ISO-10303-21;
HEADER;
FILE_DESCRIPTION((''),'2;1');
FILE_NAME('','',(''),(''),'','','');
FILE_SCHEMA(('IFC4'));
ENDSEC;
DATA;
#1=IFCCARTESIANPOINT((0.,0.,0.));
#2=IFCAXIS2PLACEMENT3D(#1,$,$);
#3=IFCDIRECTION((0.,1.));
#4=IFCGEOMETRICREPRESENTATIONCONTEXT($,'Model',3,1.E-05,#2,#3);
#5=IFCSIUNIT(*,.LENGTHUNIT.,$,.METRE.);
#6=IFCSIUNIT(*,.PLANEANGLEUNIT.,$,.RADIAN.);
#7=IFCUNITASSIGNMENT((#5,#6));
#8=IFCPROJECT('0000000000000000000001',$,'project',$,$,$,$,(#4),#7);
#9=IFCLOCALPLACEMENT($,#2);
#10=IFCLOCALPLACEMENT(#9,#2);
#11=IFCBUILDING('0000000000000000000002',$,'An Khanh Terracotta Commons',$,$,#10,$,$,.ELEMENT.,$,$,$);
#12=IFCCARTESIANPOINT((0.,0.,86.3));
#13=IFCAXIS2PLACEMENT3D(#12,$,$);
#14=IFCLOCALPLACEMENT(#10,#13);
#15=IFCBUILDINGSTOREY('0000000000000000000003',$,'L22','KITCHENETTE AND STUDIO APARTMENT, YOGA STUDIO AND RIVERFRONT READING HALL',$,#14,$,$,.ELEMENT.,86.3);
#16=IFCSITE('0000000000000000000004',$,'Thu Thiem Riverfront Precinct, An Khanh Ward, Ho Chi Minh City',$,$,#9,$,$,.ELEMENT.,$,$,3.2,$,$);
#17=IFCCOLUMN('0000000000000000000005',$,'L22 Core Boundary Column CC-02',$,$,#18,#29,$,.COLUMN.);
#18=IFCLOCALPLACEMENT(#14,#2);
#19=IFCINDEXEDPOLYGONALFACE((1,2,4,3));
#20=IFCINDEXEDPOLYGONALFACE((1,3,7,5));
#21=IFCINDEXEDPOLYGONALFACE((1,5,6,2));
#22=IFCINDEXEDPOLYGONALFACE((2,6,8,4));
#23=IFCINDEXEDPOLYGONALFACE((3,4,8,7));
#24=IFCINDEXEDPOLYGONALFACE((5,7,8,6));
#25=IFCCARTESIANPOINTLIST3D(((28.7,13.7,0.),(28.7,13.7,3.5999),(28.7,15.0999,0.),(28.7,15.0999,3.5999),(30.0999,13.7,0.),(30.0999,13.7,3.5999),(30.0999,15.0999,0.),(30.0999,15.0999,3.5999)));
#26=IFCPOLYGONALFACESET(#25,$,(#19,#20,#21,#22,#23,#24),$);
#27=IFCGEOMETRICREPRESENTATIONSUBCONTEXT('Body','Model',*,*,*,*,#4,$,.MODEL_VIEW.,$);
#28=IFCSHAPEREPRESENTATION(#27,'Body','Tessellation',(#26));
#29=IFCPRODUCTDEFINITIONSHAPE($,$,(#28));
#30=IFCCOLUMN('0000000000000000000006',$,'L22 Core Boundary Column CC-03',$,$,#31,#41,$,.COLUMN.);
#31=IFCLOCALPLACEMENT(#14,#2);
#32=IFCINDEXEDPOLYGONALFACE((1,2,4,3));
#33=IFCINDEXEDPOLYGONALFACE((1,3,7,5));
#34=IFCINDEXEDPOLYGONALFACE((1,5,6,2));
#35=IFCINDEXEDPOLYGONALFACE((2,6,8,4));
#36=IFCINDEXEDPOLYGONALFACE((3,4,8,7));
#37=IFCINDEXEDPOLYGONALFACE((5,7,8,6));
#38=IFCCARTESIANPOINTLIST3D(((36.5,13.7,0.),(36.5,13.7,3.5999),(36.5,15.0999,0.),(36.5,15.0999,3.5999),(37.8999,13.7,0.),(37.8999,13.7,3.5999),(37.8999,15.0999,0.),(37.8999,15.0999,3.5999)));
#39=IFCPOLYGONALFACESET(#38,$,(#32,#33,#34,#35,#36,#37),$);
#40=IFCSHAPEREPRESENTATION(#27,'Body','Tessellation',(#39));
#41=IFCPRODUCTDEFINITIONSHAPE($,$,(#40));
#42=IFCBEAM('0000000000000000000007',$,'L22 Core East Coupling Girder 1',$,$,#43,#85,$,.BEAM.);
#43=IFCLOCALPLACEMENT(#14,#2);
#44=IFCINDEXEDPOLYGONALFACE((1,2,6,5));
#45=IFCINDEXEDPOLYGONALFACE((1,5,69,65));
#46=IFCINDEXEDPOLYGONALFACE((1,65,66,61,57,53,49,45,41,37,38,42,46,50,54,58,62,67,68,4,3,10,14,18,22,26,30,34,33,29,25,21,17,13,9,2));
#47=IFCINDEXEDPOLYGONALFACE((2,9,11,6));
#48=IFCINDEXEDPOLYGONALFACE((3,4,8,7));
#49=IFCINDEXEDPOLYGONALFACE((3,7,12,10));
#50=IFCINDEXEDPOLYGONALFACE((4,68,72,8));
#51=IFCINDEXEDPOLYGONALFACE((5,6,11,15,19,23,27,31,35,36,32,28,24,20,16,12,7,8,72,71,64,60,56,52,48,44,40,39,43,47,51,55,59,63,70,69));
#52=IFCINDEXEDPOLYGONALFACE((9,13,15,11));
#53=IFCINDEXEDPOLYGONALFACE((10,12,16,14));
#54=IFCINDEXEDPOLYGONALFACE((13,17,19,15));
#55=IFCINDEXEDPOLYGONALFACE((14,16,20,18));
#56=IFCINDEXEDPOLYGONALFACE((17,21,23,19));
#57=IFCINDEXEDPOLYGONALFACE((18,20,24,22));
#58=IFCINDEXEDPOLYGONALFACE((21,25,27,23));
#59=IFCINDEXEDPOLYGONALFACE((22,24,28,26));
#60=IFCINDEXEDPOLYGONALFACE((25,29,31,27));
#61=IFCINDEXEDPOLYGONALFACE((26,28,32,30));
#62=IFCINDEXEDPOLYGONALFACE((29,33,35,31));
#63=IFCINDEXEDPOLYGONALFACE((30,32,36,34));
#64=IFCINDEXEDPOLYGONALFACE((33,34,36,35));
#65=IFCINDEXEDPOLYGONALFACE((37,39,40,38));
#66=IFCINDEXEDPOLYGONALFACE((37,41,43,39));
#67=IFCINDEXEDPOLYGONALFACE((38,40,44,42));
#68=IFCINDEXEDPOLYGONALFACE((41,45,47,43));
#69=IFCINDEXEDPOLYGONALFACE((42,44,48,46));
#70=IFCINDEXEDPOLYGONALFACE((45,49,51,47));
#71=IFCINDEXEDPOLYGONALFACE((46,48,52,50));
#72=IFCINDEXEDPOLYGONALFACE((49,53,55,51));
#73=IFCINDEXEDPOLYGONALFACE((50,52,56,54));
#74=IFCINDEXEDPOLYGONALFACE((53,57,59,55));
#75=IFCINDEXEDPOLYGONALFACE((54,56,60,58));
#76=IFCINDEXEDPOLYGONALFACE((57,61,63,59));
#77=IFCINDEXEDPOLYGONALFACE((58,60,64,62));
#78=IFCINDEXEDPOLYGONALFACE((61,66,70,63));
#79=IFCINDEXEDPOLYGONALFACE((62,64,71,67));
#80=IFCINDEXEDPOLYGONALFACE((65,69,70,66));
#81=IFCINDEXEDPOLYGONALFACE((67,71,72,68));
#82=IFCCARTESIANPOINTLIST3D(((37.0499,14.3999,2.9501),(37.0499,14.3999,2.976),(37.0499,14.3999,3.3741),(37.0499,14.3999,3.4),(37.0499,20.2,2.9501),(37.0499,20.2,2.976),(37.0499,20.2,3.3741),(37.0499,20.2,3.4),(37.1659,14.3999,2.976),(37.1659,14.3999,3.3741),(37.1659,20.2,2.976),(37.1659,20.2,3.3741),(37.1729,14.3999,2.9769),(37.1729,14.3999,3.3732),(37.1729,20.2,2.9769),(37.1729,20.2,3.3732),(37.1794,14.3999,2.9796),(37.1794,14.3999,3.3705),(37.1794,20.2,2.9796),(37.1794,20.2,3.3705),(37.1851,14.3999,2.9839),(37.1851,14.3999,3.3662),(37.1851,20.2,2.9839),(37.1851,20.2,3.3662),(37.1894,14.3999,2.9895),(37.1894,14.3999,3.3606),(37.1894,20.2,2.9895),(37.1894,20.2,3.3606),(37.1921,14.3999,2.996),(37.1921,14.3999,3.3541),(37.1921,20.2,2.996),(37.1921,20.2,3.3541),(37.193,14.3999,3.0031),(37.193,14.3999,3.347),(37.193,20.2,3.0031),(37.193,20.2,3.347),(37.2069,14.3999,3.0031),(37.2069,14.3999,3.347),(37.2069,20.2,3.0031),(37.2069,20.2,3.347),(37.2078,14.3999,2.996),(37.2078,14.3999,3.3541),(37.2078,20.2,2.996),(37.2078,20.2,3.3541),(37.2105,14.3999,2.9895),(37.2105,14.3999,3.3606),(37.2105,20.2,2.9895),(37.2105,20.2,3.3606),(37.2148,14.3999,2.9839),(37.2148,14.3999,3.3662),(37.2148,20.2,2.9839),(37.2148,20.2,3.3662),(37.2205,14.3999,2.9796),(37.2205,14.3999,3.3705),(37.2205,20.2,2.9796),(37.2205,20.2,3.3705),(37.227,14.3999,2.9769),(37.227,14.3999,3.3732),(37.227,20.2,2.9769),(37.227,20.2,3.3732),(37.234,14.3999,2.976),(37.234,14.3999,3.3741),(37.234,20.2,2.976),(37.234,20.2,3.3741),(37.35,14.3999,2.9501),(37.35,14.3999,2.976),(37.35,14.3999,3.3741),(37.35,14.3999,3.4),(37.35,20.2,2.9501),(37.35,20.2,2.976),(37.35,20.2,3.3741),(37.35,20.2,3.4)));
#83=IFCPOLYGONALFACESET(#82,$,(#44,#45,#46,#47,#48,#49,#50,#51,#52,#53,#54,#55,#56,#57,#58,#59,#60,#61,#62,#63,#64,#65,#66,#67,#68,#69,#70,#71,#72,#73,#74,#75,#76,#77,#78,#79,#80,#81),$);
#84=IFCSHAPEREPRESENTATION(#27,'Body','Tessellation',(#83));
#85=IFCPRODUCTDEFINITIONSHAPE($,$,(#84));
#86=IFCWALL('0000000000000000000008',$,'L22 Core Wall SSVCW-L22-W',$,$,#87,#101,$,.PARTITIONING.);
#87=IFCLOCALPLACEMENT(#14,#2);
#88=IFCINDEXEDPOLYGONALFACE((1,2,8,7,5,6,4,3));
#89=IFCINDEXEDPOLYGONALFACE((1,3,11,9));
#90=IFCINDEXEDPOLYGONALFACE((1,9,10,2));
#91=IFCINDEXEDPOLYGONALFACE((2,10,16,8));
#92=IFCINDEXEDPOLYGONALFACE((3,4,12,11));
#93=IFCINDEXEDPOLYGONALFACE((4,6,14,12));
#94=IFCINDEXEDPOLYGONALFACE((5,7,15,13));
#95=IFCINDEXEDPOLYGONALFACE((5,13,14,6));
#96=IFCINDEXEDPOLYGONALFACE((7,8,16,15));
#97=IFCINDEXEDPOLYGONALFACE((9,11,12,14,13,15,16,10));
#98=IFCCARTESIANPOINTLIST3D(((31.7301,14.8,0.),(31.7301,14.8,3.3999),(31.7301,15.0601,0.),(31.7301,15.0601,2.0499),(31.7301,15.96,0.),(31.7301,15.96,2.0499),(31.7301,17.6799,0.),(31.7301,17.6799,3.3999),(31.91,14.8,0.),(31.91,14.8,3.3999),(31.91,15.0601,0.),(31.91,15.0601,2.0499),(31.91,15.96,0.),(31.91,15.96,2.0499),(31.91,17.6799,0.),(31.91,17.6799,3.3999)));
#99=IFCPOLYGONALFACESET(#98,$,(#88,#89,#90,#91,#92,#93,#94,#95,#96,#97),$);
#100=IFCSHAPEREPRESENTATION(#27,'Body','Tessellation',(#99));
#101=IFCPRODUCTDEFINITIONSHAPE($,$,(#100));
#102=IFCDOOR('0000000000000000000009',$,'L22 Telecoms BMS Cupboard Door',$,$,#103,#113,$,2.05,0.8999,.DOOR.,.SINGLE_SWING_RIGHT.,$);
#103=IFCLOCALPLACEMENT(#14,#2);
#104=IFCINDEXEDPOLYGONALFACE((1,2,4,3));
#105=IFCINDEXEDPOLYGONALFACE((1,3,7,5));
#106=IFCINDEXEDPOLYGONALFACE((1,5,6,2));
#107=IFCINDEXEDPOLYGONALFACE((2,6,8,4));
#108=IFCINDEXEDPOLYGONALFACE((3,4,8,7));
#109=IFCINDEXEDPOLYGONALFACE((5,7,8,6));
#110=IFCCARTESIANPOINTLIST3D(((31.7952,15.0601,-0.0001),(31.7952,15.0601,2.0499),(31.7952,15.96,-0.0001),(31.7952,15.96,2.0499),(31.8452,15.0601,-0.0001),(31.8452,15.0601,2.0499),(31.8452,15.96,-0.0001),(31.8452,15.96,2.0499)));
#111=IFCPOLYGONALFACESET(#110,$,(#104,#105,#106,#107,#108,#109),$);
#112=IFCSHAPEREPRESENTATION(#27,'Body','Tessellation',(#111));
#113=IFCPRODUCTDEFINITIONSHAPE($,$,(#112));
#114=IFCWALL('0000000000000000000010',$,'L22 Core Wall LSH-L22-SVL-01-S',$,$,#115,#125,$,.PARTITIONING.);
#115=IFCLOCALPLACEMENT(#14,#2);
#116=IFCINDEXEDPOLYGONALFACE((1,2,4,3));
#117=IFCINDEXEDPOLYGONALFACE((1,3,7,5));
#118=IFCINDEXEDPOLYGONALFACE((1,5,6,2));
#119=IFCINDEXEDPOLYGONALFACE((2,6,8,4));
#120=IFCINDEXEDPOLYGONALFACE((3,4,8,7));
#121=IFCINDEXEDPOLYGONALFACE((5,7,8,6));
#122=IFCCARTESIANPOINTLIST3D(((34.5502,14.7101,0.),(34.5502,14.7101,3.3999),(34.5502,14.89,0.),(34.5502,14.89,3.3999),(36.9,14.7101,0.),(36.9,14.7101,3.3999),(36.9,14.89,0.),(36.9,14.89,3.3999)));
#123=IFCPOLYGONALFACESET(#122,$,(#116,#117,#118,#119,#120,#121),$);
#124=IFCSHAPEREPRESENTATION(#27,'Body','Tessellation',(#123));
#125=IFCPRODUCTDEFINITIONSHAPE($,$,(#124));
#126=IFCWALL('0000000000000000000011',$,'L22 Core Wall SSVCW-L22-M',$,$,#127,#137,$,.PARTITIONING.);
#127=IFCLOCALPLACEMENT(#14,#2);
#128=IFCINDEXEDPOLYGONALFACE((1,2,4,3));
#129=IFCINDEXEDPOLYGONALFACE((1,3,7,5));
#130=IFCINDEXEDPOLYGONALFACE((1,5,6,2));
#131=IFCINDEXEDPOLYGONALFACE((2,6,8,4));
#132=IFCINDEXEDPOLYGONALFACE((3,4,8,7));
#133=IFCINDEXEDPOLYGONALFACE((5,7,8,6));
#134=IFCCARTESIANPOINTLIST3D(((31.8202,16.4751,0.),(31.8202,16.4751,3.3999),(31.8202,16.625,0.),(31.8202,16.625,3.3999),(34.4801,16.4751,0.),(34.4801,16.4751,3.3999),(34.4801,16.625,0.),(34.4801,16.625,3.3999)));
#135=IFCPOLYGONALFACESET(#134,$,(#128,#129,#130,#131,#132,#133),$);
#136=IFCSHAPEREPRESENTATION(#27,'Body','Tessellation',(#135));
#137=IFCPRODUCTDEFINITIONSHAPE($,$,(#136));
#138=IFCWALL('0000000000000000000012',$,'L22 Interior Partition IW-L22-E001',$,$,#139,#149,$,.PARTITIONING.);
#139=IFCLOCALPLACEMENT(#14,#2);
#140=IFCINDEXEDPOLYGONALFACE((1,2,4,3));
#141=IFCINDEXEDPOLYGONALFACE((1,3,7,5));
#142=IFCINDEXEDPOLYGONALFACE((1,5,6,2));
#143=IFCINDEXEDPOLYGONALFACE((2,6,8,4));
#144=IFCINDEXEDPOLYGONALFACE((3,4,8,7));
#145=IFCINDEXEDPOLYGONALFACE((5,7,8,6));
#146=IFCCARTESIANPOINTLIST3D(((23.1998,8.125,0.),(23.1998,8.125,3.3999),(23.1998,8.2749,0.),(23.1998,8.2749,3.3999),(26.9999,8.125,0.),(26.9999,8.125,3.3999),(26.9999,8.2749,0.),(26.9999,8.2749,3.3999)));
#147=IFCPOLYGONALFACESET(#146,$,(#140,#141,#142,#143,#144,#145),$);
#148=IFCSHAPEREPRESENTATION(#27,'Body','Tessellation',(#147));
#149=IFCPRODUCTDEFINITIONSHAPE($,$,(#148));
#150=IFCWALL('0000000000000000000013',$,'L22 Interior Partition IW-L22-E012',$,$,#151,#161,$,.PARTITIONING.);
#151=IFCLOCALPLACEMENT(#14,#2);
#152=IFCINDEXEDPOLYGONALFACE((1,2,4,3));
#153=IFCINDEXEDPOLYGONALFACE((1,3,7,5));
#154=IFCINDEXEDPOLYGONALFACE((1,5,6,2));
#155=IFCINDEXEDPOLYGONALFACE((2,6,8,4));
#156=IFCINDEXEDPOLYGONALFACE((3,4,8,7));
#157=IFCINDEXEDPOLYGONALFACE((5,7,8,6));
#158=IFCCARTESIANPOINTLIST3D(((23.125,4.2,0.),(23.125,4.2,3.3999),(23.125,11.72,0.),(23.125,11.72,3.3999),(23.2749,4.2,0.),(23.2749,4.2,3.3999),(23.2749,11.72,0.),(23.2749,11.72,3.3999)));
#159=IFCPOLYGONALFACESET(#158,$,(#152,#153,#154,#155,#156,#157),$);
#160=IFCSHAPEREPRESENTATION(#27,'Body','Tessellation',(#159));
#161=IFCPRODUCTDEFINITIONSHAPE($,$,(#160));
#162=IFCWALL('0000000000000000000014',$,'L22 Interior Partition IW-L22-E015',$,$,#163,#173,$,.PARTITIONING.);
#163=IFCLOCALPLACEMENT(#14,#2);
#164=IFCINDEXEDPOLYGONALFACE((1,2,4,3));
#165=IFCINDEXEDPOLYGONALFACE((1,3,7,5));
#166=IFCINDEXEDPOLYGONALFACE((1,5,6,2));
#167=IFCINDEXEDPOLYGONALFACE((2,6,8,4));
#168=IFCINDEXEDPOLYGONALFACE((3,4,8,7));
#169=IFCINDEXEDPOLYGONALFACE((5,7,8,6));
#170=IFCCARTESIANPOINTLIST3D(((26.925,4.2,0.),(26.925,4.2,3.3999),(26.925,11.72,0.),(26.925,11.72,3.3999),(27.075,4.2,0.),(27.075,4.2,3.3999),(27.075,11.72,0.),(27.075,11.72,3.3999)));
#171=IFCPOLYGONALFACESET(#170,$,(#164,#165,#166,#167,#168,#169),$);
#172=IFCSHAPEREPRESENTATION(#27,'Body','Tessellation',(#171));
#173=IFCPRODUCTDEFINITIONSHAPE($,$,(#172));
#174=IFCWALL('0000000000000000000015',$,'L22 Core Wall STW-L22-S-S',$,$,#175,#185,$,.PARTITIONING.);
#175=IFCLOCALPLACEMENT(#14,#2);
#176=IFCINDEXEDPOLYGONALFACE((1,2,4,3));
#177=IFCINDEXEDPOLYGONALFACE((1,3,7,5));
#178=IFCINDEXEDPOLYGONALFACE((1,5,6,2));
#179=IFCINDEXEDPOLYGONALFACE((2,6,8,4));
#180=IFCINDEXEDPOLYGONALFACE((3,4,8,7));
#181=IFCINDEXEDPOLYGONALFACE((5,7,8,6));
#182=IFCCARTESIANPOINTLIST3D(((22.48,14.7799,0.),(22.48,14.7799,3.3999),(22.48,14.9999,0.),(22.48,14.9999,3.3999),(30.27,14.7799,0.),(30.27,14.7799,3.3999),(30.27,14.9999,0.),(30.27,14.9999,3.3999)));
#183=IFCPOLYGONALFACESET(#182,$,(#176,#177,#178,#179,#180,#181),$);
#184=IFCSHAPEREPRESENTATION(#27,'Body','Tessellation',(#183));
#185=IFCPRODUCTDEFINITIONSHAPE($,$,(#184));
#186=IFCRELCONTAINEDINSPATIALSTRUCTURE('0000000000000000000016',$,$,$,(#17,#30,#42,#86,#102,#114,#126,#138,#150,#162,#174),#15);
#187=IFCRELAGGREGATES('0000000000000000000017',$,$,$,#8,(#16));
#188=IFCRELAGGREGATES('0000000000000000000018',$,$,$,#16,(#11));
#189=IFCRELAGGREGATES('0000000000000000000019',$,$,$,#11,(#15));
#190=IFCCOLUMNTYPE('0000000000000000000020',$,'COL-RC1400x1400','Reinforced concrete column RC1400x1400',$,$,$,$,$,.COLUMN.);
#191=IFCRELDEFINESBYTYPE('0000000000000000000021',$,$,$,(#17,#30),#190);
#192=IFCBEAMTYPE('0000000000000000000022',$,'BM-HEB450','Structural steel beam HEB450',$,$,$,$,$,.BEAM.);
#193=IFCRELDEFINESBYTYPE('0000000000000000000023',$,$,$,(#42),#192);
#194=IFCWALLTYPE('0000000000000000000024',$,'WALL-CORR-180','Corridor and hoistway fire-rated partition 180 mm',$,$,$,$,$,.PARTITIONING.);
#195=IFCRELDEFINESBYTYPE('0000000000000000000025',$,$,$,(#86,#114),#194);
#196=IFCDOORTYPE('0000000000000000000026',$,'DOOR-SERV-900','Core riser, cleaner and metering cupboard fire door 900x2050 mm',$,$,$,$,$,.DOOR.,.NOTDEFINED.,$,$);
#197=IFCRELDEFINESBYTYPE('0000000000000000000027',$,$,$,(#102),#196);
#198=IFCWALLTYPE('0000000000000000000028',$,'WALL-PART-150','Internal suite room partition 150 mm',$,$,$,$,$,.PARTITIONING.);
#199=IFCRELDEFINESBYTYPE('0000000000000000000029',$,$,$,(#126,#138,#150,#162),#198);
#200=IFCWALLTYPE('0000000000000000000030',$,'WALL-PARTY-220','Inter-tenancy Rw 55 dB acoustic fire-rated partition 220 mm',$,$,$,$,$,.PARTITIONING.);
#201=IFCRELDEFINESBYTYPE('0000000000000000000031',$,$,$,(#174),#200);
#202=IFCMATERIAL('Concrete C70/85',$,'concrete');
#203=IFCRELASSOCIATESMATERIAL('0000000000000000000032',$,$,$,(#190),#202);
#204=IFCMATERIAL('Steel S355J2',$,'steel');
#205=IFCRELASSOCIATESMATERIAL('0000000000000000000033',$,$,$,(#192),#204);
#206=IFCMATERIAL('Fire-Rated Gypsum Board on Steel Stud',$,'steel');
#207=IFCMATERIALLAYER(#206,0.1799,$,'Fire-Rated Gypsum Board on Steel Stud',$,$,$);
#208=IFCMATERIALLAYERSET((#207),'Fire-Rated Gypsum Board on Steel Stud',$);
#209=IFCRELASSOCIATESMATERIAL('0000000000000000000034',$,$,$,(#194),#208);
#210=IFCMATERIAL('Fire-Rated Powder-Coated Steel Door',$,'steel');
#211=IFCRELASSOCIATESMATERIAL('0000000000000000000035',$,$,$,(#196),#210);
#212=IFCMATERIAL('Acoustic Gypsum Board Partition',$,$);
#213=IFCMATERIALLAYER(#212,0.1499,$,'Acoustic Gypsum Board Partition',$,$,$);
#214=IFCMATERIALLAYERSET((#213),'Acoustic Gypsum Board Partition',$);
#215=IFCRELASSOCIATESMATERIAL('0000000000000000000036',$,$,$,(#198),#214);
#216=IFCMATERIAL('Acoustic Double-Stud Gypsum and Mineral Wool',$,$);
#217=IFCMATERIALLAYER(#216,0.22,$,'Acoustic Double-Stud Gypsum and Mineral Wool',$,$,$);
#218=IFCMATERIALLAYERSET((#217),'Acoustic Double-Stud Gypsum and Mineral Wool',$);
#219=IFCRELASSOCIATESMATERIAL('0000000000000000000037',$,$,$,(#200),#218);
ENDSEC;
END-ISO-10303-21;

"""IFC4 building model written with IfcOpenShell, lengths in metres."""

from ifc_helpers import new_model, si_unit, direction, frame, frame_2d, origin, origin_2d, place, context, subcontext, project, spatial, rectangle, i_section, extrude, material, layer, layer_set, material_profile, profile_set, type_object, element, fill, save


model = new_model("IFC4")

# Units and contexts
model_context = context("Model", 3, precision=1e-05, world=origin(), true_north=direction((0.0, 1.0)))
body_context = subcontext(model_context, "Body", "Model", "MODEL_VIEW")
ifc_project = project(units=[si_unit("LENGTHUNIT", "METRE"), si_unit("PLANEANGLEUNIT", "RADIAN")], contexts=[model_context])

# Site, building, storey
site_placement = place(None, origin())
site = spatial("IfcSite", under=ifc_project, at=site_placement, Name="Thu Thiem Riverfront Precinct, An Khanh Ward, Ho Chi Minh City", CompositionType="ELEMENT", RefElevation=3.2)
building_placement = place(site_placement, origin())
building = spatial("IfcBuilding", under=site, at=building_placement, Name="An Khanh Terracotta Commons", CompositionType="ELEMENT")
storey_placement = place(building_placement, frame((0.0, 0.0, 86.3)))
storey = spatial("IfcBuildingStorey", under=building, at=storey_placement, Name="L22", Description="KITCHENETTE AND STUDIO APARTMENT, YOGA STUDIO AND RIVERFRONT READING HALL", CompositionType="ELEMENT", Elevation=86.3)

# Columns
ifc_material_1 = material(Name="Concrete C70/85", Category="concrete")
ifc_material_profile_1 = material_profile(ifc_material_1, rectangle(XDim=1.3999, YDim=1.3999, at=origin_2d()), Name="RC1400x1400")
ifc_profile_set_1 = profile_set([ifc_material_profile_1], Name="Concrete C70/85")
column_type = type_object("IfcColumnType", Name="COL-RC1400x1400", Description="Reinforced concrete column RC1400x1400", PredefinedType="COLUMN", material=ifc_profile_set_1)
for number, where, z_axis, x_axis, name in (
    (1, (29.3999, 14.3999, 0.0), (0.0, 0.0, 1.0), (1.0, 0.0, 0.0), "L22 Core Boundary Column CC-02"),
    (2, (37.2, 14.3999, 0.0), (0.0, 0.0, 1.0), (1.0, 0.0, 0.0), "L22 Core Boundary Column CC-03"),
):
    element("IfcColumn", number, at=place(storey_placement, frame(where, z_axis=z_axis, x_axis=x_axis)), inside=storey, type_object=column_type, Name=name, PredefinedType="COLUMN", context=body_context, shape_type="SweptSolid", body=[
        extrude(rectangle(XDim=1.3999, YDim=1.3999, at=origin_2d()), origin(), (0.0, 0.0, 1.0), 3.5999),
    ])

# Beam
ifc_material_2 = material(Name="Steel S355J2", Category="steel")
ifc_material_profile_2 = material_profile(ifc_material_2, i_section(OverallWidth=0.3, OverallDepth=0.45, WebThickness=0.0139, FlangeThickness=0.0259, FilletRadius=0.0271, at=origin_2d()), Name="HEB450")
ifc_profile_set_2 = profile_set([ifc_material_profile_2], Name="Steel S355J2")
beam_type = type_object("IfcBeamType", Name="BM-HEB450", Description="Structural steel beam HEB450", PredefinedType="BEAM", material=ifc_profile_set_2)
beam_placement = place(storey_placement, frame((37.2, 14.3999, 3.175), z_axis=(0.0, 1.0, 0.0), x_axis=(-1.0, 0.0, 0.0)))
element("IfcBeam", 3, at=beam_placement, inside=storey, type_object=beam_type, Name="L22 Core East Coupling Girder 1", PredefinedType="BEAM", context=body_context, shape_type="SweptSolid", body=[
    extrude(i_section(OverallWidth=0.3, OverallDepth=0.45, WebThickness=0.0139, FlangeThickness=0.0259, FilletRadius=0.0271, at=origin_2d()), origin(), (0.0, 0.0, 1.0), 5.8),
])

# Wall, opening, door
ifc_material_3 = material(Name="Fire-Rated Gypsum Board on Steel Stud", Category="steel")
ifc_layer_1 = layer(ifc_material_3, 0.1799, Name="Fire-Rated Gypsum Board on Steel Stud")
ifc_layer_set_1 = layer_set([ifc_layer_1], Name="Fire-Rated Gypsum Board on Steel Stud")
wall_type_1 = type_object("IfcWallType", Name="WALL-CORR-180", Description="Corridor and hoistway fire-rated partition 180 mm", PredefinedType="PARTITIONING", material=ifc_layer_set_1)
wall_1_placement = place(storey_placement, frame((31.8201, 14.8, 0.0), z_axis=(0.0, 0.0, 1.0), x_axis=(0.0, 1.0, 0.0)))
wall_1 = element("IfcWall", 4, at=wall_1_placement, inside=storey, type_object=wall_type_1, Name="L22 Core Wall SSVCW-L22-W", PredefinedType="PARTITIONING", context=body_context, shape_type="SweptSolid", body=[
    extrude(rectangle(XDim=2.8799, YDim=0.1799, at=frame_2d((1.4399, 0.0))), origin(), (0.0, 0.0, 1.0), 3.3999),
])
opening_1_placement = place(wall_1_placement, frame((0.26, 0.0, 0.0)))
opening_1 = element("IfcOpeningElement", 5, at=opening_1_placement, cuts=wall_1, PredefinedType="OPENING", context=body_context, shape_type="SweptSolid", body=[
    extrude(rectangle(XDim=0.8999, YDim=2.05, at=frame_2d((0.45, 1.0249))), frame((0.0, 0.0999, 0.0), z_axis=(0.0, -1.0, 0.0), x_axis=(1.0, 0.0, 0.0)), (0.0, 0.0, 1.0), 0.2),
])
ifc_material_4 = material(Name="Fire-Rated Powder-Coated Steel Door", Category="steel")
door_type_1 = type_object("IfcDoorType", Name="DOOR-SERV-900", Description="Core riser, cleaner and metering cupboard fire door 900x2050 mm", OperationType="NOTDEFINED", PredefinedType="DOOR", material=ifc_material_4)
door_1_placement = place(opening_1_placement, origin())
door_1 = element("IfcDoor", 6, at=door_1_placement, inside=storey, type_object=door_type_1, Name="L22 Telecoms BMS Cupboard Door", OperationType="SINGLE_SWING_RIGHT", OverallHeight=2.05, OverallWidth=0.8999, PredefinedType="DOOR", context=body_context, shape_type="SweptSolid", body=[
    extrude(rectangle(XDim=0.8999, YDim=2.05, at=frame_2d((0.45, 1.0249))), frame((0.0, 0.0249, 0.0), z_axis=(0.0, -1.0, 0.0), x_axis=(1.0, 0.0, 0.0)), (0.0, 0.0, 1.0), 0.05),
])
fill(opening_1, door_1)

# Walls
wall_2_placement = place(storey_placement, frame((36.8999, 14.8, 0.0), z_axis=(0.0, 0.0, 1.0), x_axis=(-1.0, 0.0, 0.0)))
element("IfcWall", 7, at=wall_2_placement, inside=storey, type_object=wall_type_1, Name="L22 Core Wall LSH-L22-SVL-01-S", PredefinedType="PARTITIONING", context=body_context, shape_type="SweptSolid", body=[
    extrude(rectangle(XDim=2.3499, YDim=0.1799, at=frame_2d((1.1748, 0.0))), origin(), (0.0, 0.0, 1.0), 3.3999),
])
ifc_material_5 = material(Name="Acoustic Gypsum Board Partition")
ifc_layer_2 = layer(ifc_material_5, 0.1499, Name="Acoustic Gypsum Board Partition")
ifc_layer_set_2 = layer_set([ifc_layer_2], Name="Acoustic Gypsum Board Partition")
wall_type_2 = type_object("IfcWallType", Name="WALL-PART-150", Description="Internal suite room partition 150 mm", PredefinedType="PARTITIONING", material=ifc_layer_set_2)
wall_3_placement = place(storey_placement, frame((31.8201, 16.55, 0.0), z_axis=(0.0, 0.0, 1.0), x_axis=(1.0, 0.0, 0.0)))
element("IfcWall", 8, at=wall_3_placement, inside=storey, type_object=wall_type_2, Name="L22 Core Wall SSVCW-L22-M", PredefinedType="PARTITIONING", context=body_context, shape_type="SweptSolid", body=[
    extrude(rectangle(XDim=2.6599, YDim=0.1499, at=frame_2d((1.3301, 0.0))), origin(), (0.0, 0.0, 1.0), 3.3999),
])
wall_4_placement = place(storey_placement, frame((23.2, 8.2, 0.0), z_axis=(0.0, 0.0, 1.0), x_axis=(1.0, 0.0, 0.0)))
element("IfcWall", 9, at=wall_4_placement, inside=storey, type_object=wall_type_2, Name="L22 Interior Partition IW-L22-E001", PredefinedType="PARTITIONING", context=body_context, shape_type="SweptSolid", body=[
    extrude(rectangle(XDim=3.8, YDim=0.1499, at=frame_2d((1.8999, 0.0))), origin(), (0.0, 0.0, 1.0), 3.3999),
])
for number, where, z_axis, x_axis, name in (
    (10, (23.2, 4.2, 0.0), (0.0, 0.0, 1.0), (0.0, 1.0, 0.0), "L22 Interior Partition IW-L22-E012"),
    (11, (27.0, 4.2, 0.0), (0.0, 0.0, 1.0), (0.0, 1.0, 0.0), "L22 Interior Partition IW-L22-E015"),
):
    element("IfcWall", number, at=place(storey_placement, frame(where, z_axis=z_axis, x_axis=x_axis)), inside=storey, type_object=wall_type_2, Name=name, PredefinedType="PARTITIONING", context=body_context, shape_type="SweptSolid", body=[
        extrude(rectangle(XDim=7.52, YDim=0.1499, at=frame_2d((3.76, 0.0))), origin(), (0.0, 0.0, 1.0), 3.3999),
    ])
ifc_material_6 = material(Name="Acoustic Double-Stud Gypsum and Mineral Wool")
ifc_layer_3 = layer(ifc_material_6, 0.22, Name="Acoustic Double-Stud Gypsum and Mineral Wool")
ifc_layer_set_3 = layer_set([ifc_layer_3], Name="Acoustic Double-Stud Gypsum and Mineral Wool")
wall_type_3 = type_object("IfcWallType", Name="WALL-PARTY-220", Description="Inter-tenancy Rw 55 dB acoustic fire-rated partition 220 mm", PredefinedType="PARTITIONING", material=ifc_layer_set_3)
wall_5_placement = place(storey_placement, frame((22.48, 14.8899, 0.0), z_axis=(0.0, 0.0, 1.0), x_axis=(1.0, 0.0, 0.0)))
element("IfcWall", 12, at=wall_5_placement, inside=storey, type_object=wall_type_3, Name="L22 Core Wall STW-L22-S-S", PredefinedType="PARTITIONING", context=body_context, shape_type="SweptSolid", body=[
    extrude(rectangle(XDim=7.79, YDim=0.22, at=frame_2d((3.895, 0.0))), origin(), (0.0, 0.0, 1.0), 3.3999),
])

save(model, "model.ifc")
